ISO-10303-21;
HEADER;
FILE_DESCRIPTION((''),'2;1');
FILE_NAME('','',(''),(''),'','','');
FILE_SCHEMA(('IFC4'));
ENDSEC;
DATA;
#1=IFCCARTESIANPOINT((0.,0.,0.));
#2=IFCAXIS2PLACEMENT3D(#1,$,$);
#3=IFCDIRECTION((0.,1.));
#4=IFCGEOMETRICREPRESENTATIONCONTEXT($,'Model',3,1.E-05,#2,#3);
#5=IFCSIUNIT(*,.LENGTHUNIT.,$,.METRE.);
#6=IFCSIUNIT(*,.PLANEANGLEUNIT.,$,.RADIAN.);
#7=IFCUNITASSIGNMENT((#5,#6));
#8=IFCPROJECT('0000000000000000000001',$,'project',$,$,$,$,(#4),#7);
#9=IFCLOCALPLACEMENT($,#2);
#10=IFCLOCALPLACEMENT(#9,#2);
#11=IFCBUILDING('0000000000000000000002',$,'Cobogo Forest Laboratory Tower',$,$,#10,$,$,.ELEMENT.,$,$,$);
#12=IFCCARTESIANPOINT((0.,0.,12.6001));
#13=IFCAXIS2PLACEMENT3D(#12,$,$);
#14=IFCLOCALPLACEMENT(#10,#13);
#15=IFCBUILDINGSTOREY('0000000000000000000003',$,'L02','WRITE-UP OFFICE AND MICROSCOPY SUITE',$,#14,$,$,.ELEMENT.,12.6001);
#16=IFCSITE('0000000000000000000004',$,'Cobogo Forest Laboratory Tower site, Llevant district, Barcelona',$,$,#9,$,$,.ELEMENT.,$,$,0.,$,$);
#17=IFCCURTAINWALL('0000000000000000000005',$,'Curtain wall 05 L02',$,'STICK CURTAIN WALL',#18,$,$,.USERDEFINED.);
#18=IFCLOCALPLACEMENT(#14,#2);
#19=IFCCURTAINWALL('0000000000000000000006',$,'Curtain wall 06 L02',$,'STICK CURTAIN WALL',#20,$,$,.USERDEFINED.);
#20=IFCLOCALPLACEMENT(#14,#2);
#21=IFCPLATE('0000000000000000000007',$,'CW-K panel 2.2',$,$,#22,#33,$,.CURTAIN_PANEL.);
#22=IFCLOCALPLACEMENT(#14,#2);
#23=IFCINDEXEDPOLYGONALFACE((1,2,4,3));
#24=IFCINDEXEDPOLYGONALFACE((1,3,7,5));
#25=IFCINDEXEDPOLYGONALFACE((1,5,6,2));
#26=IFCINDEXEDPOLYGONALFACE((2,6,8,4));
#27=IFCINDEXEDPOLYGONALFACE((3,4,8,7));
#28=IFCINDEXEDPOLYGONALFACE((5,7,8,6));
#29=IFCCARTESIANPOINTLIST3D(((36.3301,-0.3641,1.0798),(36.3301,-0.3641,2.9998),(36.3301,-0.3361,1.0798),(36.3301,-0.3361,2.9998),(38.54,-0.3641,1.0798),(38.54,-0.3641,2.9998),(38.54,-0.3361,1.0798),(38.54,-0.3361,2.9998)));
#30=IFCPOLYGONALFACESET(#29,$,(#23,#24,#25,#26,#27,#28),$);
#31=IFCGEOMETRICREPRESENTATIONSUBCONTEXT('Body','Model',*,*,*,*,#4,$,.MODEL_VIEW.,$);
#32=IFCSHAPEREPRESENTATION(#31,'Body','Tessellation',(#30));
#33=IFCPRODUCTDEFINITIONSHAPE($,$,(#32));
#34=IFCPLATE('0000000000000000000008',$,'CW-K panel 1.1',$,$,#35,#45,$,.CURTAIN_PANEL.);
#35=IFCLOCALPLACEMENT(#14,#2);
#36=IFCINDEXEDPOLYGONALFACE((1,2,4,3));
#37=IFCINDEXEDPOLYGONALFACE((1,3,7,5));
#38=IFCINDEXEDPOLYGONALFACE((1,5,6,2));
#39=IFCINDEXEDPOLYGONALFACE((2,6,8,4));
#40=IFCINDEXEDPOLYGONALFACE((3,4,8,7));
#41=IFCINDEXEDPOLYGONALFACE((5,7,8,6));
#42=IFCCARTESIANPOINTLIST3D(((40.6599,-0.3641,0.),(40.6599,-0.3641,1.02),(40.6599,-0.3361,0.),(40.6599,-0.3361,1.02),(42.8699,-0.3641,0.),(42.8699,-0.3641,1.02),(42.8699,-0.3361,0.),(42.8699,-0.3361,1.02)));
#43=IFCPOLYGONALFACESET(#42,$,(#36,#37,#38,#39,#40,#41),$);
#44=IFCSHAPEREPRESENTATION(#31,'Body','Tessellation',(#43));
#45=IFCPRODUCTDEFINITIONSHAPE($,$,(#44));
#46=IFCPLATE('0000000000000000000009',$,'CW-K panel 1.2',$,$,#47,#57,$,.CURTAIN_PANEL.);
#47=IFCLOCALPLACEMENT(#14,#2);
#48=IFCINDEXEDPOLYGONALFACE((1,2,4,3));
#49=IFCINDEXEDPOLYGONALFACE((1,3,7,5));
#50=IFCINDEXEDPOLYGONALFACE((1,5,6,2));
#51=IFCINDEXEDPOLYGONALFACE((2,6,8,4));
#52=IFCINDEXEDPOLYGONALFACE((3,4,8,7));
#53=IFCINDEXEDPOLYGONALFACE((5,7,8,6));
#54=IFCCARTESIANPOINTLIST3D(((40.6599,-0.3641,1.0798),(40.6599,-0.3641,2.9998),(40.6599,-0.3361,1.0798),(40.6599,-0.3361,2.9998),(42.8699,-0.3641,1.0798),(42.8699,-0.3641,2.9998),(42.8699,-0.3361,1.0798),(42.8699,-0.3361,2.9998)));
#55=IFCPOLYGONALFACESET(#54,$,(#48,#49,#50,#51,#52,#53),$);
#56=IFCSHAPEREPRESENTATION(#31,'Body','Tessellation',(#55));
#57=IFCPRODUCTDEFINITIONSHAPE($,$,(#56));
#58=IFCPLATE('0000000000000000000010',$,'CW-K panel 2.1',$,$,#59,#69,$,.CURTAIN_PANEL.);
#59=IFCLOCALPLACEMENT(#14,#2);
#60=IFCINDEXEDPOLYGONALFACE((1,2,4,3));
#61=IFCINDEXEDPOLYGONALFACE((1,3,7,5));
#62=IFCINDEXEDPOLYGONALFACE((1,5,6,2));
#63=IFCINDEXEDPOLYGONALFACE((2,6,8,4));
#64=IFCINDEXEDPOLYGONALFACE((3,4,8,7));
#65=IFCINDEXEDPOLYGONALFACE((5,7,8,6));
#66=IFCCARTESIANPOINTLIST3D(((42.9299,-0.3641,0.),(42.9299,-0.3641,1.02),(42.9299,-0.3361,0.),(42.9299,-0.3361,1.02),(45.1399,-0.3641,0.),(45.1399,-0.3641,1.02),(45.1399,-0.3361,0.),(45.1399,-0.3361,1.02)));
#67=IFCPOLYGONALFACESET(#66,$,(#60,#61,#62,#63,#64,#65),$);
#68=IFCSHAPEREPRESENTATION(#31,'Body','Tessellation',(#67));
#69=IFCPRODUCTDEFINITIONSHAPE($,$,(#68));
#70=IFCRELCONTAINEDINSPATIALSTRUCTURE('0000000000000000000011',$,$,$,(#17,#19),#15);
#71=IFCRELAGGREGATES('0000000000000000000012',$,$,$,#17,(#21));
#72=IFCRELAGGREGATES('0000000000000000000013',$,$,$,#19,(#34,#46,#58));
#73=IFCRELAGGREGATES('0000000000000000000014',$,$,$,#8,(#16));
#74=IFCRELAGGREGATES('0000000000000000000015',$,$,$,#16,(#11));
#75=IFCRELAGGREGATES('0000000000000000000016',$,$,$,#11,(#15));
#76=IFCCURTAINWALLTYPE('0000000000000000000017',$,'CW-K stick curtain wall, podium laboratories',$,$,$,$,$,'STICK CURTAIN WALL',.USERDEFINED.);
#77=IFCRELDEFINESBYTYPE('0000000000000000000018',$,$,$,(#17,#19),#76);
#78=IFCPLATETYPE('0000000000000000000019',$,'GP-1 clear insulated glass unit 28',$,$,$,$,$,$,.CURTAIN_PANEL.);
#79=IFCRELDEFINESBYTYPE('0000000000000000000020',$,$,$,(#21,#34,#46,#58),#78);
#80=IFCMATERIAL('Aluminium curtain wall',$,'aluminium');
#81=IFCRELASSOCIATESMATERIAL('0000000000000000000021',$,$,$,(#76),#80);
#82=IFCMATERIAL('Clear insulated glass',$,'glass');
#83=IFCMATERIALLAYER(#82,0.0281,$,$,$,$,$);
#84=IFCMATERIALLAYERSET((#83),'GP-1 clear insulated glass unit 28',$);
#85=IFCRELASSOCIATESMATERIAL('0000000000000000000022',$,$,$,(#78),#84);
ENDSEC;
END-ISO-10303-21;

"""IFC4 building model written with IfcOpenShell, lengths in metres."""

from ifc_helpers import new_model, si_unit, direction, frame, origin, origin_2d, place, context, subcontext, project, spatial, rectangle, extrude, material, layer, layer_set, type_object, element, aggregate, save


model = new_model("IFC4")

# Units and contexts
model_context = context("Model", 3, precision=1e-05, world=origin(), true_north=direction((0.0, 1.0)))
body_context = subcontext(model_context, "Body", "Model", "MODEL_VIEW")
ifc_project = project(units=[si_unit("LENGTHUNIT", "METRE"), si_unit("PLANEANGLEUNIT", "RADIAN")], contexts=[model_context])

# Site, building, storey
site_placement = place(None, origin())
site = spatial("IfcSite", under=ifc_project, at=site_placement, Name="Cobogo Forest Laboratory Tower site, Llevant district, Barcelona", CompositionType="ELEMENT", RefElevation=0.0)
building_placement = place(site_placement, origin())
building = spatial("IfcBuilding", under=site, at=building_placement, Name="Cobogo Forest Laboratory Tower", CompositionType="ELEMENT")
storey_placement = place(building_placement, frame((0.0, 0.0, 12.6001)))
storey = spatial("IfcBuildingStorey", under=building, at=storey_placement, Name="L02", Description="WRITE-UP OFFICE AND MICROSCOPY SUITE", CompositionType="ELEMENT", Elevation=12.6001)

# Curtain walls
ifc_material_1 = material(Name="Aluminium curtain wall", Category="aluminium")
curtain_wall_type = type_object("IfcCurtainWallType", Name="CW-K stick curtain wall, podium laboratories", ElementType="STICK CURTAIN WALL", PredefinedType="USERDEFINED", material=ifc_material_1)
curtain_wall_1_placement = place(storey_placement, origin())
curtain_wall_1 = element("IfcCurtainWall", 1, at=curtain_wall_1_placement, inside=storey, type_object=curtain_wall_type, Name="Curtain wall 05 L02", ObjectType="STICK CURTAIN WALL", PredefinedType="USERDEFINED")
curtain_wall_2_placement = place(storey_placement, origin())
curtain_wall_2 = element("IfcCurtainWall", 2, at=curtain_wall_2_placement, inside=storey, type_object=curtain_wall_type, Name="Curtain wall 06 L02", ObjectType="STICK CURTAIN WALL", PredefinedType="USERDEFINED")

# Plates
ifc_material_2 = material(Name="Clear insulated glass", Category="glass")
ifc_layer_1 = layer(ifc_material_2, 0.0281)
ifc_layer_set_1 = layer_set([ifc_layer_1], Name="GP-1 clear insulated glass unit 28")
plate_type_1 = type_object("IfcPlateType", Name="GP-1 clear insulated glass unit 28", PredefinedType="CURTAIN_PANEL", material=ifc_layer_set_1)
plate_1_placement = place(storey_placement, frame((37.4351, -0.3501, 1.0798), z_axis=(0.0, 0.0, 1.0), x_axis=(1.0, 0.0, 0.0)))
plate_1 = element("IfcPlate", 3, at=plate_1_placement, type_object=plate_type_1, Name="CW-K panel 2.2", PredefinedType="CURTAIN_PANEL", context=body_context, shape_type="SweptSolid", body=[
    extrude(rectangle(XDim=2.21, YDim=0.0281, at=origin_2d()), origin(), (0.0, 0.0, 1.0), 1.9199),
])
aggregate(curtain_wall_1, [plate_1])
plate_2_placement = place(storey_placement, frame((41.7649, -0.3501, 0.0), z_axis=(0.0, 0.0, 1.0), x_axis=(1.0, 0.0, 0.0)))
plate_2 = element("IfcPlate", 4, at=plate_2_placement, type_object=plate_type_1, Name="CW-K panel 1.1", PredefinedType="CURTAIN_PANEL", context=body_context, shape_type="SweptSolid", body=[
    extrude(rectangle(XDim=2.21, YDim=0.0281, at=origin_2d()), origin(), (0.0, 0.0, 1.0), 1.02),
])
plate_3_placement = place(storey_placement, frame((41.7649, -0.3501, 1.0798), z_axis=(0.0, 0.0, 1.0), x_axis=(1.0, 0.0, 0.0)))
plate_3 = element("IfcPlate", 5, at=plate_3_placement, type_object=plate_type_1, Name="CW-K panel 1.2", PredefinedType="CURTAIN_PANEL", context=body_context, shape_type="SweptSolid", body=[
    extrude(rectangle(XDim=2.21, YDim=0.0281, at=origin_2d()), origin(), (0.0, 0.0, 1.0), 1.9199),
])
plate_4_placement = place(storey_placement, frame((44.0349, -0.3501, 0.0), z_axis=(0.0, 0.0, 1.0), x_axis=(1.0, 0.0, 0.0)))
plate_4 = element("IfcPlate", 6, at=plate_4_placement, type_object=plate_type_1, Name="CW-K panel 2.1", PredefinedType="CURTAIN_PANEL", context=body_context, shape_type="SweptSolid", body=[
    extrude(rectangle(XDim=2.21, YDim=0.0281, at=origin_2d()), origin(), (0.0, 0.0, 1.0), 1.02),
])
aggregate(curtain_wall_2, [plate_2, plate_3, plate_4])

save(model, "model.ifc")
